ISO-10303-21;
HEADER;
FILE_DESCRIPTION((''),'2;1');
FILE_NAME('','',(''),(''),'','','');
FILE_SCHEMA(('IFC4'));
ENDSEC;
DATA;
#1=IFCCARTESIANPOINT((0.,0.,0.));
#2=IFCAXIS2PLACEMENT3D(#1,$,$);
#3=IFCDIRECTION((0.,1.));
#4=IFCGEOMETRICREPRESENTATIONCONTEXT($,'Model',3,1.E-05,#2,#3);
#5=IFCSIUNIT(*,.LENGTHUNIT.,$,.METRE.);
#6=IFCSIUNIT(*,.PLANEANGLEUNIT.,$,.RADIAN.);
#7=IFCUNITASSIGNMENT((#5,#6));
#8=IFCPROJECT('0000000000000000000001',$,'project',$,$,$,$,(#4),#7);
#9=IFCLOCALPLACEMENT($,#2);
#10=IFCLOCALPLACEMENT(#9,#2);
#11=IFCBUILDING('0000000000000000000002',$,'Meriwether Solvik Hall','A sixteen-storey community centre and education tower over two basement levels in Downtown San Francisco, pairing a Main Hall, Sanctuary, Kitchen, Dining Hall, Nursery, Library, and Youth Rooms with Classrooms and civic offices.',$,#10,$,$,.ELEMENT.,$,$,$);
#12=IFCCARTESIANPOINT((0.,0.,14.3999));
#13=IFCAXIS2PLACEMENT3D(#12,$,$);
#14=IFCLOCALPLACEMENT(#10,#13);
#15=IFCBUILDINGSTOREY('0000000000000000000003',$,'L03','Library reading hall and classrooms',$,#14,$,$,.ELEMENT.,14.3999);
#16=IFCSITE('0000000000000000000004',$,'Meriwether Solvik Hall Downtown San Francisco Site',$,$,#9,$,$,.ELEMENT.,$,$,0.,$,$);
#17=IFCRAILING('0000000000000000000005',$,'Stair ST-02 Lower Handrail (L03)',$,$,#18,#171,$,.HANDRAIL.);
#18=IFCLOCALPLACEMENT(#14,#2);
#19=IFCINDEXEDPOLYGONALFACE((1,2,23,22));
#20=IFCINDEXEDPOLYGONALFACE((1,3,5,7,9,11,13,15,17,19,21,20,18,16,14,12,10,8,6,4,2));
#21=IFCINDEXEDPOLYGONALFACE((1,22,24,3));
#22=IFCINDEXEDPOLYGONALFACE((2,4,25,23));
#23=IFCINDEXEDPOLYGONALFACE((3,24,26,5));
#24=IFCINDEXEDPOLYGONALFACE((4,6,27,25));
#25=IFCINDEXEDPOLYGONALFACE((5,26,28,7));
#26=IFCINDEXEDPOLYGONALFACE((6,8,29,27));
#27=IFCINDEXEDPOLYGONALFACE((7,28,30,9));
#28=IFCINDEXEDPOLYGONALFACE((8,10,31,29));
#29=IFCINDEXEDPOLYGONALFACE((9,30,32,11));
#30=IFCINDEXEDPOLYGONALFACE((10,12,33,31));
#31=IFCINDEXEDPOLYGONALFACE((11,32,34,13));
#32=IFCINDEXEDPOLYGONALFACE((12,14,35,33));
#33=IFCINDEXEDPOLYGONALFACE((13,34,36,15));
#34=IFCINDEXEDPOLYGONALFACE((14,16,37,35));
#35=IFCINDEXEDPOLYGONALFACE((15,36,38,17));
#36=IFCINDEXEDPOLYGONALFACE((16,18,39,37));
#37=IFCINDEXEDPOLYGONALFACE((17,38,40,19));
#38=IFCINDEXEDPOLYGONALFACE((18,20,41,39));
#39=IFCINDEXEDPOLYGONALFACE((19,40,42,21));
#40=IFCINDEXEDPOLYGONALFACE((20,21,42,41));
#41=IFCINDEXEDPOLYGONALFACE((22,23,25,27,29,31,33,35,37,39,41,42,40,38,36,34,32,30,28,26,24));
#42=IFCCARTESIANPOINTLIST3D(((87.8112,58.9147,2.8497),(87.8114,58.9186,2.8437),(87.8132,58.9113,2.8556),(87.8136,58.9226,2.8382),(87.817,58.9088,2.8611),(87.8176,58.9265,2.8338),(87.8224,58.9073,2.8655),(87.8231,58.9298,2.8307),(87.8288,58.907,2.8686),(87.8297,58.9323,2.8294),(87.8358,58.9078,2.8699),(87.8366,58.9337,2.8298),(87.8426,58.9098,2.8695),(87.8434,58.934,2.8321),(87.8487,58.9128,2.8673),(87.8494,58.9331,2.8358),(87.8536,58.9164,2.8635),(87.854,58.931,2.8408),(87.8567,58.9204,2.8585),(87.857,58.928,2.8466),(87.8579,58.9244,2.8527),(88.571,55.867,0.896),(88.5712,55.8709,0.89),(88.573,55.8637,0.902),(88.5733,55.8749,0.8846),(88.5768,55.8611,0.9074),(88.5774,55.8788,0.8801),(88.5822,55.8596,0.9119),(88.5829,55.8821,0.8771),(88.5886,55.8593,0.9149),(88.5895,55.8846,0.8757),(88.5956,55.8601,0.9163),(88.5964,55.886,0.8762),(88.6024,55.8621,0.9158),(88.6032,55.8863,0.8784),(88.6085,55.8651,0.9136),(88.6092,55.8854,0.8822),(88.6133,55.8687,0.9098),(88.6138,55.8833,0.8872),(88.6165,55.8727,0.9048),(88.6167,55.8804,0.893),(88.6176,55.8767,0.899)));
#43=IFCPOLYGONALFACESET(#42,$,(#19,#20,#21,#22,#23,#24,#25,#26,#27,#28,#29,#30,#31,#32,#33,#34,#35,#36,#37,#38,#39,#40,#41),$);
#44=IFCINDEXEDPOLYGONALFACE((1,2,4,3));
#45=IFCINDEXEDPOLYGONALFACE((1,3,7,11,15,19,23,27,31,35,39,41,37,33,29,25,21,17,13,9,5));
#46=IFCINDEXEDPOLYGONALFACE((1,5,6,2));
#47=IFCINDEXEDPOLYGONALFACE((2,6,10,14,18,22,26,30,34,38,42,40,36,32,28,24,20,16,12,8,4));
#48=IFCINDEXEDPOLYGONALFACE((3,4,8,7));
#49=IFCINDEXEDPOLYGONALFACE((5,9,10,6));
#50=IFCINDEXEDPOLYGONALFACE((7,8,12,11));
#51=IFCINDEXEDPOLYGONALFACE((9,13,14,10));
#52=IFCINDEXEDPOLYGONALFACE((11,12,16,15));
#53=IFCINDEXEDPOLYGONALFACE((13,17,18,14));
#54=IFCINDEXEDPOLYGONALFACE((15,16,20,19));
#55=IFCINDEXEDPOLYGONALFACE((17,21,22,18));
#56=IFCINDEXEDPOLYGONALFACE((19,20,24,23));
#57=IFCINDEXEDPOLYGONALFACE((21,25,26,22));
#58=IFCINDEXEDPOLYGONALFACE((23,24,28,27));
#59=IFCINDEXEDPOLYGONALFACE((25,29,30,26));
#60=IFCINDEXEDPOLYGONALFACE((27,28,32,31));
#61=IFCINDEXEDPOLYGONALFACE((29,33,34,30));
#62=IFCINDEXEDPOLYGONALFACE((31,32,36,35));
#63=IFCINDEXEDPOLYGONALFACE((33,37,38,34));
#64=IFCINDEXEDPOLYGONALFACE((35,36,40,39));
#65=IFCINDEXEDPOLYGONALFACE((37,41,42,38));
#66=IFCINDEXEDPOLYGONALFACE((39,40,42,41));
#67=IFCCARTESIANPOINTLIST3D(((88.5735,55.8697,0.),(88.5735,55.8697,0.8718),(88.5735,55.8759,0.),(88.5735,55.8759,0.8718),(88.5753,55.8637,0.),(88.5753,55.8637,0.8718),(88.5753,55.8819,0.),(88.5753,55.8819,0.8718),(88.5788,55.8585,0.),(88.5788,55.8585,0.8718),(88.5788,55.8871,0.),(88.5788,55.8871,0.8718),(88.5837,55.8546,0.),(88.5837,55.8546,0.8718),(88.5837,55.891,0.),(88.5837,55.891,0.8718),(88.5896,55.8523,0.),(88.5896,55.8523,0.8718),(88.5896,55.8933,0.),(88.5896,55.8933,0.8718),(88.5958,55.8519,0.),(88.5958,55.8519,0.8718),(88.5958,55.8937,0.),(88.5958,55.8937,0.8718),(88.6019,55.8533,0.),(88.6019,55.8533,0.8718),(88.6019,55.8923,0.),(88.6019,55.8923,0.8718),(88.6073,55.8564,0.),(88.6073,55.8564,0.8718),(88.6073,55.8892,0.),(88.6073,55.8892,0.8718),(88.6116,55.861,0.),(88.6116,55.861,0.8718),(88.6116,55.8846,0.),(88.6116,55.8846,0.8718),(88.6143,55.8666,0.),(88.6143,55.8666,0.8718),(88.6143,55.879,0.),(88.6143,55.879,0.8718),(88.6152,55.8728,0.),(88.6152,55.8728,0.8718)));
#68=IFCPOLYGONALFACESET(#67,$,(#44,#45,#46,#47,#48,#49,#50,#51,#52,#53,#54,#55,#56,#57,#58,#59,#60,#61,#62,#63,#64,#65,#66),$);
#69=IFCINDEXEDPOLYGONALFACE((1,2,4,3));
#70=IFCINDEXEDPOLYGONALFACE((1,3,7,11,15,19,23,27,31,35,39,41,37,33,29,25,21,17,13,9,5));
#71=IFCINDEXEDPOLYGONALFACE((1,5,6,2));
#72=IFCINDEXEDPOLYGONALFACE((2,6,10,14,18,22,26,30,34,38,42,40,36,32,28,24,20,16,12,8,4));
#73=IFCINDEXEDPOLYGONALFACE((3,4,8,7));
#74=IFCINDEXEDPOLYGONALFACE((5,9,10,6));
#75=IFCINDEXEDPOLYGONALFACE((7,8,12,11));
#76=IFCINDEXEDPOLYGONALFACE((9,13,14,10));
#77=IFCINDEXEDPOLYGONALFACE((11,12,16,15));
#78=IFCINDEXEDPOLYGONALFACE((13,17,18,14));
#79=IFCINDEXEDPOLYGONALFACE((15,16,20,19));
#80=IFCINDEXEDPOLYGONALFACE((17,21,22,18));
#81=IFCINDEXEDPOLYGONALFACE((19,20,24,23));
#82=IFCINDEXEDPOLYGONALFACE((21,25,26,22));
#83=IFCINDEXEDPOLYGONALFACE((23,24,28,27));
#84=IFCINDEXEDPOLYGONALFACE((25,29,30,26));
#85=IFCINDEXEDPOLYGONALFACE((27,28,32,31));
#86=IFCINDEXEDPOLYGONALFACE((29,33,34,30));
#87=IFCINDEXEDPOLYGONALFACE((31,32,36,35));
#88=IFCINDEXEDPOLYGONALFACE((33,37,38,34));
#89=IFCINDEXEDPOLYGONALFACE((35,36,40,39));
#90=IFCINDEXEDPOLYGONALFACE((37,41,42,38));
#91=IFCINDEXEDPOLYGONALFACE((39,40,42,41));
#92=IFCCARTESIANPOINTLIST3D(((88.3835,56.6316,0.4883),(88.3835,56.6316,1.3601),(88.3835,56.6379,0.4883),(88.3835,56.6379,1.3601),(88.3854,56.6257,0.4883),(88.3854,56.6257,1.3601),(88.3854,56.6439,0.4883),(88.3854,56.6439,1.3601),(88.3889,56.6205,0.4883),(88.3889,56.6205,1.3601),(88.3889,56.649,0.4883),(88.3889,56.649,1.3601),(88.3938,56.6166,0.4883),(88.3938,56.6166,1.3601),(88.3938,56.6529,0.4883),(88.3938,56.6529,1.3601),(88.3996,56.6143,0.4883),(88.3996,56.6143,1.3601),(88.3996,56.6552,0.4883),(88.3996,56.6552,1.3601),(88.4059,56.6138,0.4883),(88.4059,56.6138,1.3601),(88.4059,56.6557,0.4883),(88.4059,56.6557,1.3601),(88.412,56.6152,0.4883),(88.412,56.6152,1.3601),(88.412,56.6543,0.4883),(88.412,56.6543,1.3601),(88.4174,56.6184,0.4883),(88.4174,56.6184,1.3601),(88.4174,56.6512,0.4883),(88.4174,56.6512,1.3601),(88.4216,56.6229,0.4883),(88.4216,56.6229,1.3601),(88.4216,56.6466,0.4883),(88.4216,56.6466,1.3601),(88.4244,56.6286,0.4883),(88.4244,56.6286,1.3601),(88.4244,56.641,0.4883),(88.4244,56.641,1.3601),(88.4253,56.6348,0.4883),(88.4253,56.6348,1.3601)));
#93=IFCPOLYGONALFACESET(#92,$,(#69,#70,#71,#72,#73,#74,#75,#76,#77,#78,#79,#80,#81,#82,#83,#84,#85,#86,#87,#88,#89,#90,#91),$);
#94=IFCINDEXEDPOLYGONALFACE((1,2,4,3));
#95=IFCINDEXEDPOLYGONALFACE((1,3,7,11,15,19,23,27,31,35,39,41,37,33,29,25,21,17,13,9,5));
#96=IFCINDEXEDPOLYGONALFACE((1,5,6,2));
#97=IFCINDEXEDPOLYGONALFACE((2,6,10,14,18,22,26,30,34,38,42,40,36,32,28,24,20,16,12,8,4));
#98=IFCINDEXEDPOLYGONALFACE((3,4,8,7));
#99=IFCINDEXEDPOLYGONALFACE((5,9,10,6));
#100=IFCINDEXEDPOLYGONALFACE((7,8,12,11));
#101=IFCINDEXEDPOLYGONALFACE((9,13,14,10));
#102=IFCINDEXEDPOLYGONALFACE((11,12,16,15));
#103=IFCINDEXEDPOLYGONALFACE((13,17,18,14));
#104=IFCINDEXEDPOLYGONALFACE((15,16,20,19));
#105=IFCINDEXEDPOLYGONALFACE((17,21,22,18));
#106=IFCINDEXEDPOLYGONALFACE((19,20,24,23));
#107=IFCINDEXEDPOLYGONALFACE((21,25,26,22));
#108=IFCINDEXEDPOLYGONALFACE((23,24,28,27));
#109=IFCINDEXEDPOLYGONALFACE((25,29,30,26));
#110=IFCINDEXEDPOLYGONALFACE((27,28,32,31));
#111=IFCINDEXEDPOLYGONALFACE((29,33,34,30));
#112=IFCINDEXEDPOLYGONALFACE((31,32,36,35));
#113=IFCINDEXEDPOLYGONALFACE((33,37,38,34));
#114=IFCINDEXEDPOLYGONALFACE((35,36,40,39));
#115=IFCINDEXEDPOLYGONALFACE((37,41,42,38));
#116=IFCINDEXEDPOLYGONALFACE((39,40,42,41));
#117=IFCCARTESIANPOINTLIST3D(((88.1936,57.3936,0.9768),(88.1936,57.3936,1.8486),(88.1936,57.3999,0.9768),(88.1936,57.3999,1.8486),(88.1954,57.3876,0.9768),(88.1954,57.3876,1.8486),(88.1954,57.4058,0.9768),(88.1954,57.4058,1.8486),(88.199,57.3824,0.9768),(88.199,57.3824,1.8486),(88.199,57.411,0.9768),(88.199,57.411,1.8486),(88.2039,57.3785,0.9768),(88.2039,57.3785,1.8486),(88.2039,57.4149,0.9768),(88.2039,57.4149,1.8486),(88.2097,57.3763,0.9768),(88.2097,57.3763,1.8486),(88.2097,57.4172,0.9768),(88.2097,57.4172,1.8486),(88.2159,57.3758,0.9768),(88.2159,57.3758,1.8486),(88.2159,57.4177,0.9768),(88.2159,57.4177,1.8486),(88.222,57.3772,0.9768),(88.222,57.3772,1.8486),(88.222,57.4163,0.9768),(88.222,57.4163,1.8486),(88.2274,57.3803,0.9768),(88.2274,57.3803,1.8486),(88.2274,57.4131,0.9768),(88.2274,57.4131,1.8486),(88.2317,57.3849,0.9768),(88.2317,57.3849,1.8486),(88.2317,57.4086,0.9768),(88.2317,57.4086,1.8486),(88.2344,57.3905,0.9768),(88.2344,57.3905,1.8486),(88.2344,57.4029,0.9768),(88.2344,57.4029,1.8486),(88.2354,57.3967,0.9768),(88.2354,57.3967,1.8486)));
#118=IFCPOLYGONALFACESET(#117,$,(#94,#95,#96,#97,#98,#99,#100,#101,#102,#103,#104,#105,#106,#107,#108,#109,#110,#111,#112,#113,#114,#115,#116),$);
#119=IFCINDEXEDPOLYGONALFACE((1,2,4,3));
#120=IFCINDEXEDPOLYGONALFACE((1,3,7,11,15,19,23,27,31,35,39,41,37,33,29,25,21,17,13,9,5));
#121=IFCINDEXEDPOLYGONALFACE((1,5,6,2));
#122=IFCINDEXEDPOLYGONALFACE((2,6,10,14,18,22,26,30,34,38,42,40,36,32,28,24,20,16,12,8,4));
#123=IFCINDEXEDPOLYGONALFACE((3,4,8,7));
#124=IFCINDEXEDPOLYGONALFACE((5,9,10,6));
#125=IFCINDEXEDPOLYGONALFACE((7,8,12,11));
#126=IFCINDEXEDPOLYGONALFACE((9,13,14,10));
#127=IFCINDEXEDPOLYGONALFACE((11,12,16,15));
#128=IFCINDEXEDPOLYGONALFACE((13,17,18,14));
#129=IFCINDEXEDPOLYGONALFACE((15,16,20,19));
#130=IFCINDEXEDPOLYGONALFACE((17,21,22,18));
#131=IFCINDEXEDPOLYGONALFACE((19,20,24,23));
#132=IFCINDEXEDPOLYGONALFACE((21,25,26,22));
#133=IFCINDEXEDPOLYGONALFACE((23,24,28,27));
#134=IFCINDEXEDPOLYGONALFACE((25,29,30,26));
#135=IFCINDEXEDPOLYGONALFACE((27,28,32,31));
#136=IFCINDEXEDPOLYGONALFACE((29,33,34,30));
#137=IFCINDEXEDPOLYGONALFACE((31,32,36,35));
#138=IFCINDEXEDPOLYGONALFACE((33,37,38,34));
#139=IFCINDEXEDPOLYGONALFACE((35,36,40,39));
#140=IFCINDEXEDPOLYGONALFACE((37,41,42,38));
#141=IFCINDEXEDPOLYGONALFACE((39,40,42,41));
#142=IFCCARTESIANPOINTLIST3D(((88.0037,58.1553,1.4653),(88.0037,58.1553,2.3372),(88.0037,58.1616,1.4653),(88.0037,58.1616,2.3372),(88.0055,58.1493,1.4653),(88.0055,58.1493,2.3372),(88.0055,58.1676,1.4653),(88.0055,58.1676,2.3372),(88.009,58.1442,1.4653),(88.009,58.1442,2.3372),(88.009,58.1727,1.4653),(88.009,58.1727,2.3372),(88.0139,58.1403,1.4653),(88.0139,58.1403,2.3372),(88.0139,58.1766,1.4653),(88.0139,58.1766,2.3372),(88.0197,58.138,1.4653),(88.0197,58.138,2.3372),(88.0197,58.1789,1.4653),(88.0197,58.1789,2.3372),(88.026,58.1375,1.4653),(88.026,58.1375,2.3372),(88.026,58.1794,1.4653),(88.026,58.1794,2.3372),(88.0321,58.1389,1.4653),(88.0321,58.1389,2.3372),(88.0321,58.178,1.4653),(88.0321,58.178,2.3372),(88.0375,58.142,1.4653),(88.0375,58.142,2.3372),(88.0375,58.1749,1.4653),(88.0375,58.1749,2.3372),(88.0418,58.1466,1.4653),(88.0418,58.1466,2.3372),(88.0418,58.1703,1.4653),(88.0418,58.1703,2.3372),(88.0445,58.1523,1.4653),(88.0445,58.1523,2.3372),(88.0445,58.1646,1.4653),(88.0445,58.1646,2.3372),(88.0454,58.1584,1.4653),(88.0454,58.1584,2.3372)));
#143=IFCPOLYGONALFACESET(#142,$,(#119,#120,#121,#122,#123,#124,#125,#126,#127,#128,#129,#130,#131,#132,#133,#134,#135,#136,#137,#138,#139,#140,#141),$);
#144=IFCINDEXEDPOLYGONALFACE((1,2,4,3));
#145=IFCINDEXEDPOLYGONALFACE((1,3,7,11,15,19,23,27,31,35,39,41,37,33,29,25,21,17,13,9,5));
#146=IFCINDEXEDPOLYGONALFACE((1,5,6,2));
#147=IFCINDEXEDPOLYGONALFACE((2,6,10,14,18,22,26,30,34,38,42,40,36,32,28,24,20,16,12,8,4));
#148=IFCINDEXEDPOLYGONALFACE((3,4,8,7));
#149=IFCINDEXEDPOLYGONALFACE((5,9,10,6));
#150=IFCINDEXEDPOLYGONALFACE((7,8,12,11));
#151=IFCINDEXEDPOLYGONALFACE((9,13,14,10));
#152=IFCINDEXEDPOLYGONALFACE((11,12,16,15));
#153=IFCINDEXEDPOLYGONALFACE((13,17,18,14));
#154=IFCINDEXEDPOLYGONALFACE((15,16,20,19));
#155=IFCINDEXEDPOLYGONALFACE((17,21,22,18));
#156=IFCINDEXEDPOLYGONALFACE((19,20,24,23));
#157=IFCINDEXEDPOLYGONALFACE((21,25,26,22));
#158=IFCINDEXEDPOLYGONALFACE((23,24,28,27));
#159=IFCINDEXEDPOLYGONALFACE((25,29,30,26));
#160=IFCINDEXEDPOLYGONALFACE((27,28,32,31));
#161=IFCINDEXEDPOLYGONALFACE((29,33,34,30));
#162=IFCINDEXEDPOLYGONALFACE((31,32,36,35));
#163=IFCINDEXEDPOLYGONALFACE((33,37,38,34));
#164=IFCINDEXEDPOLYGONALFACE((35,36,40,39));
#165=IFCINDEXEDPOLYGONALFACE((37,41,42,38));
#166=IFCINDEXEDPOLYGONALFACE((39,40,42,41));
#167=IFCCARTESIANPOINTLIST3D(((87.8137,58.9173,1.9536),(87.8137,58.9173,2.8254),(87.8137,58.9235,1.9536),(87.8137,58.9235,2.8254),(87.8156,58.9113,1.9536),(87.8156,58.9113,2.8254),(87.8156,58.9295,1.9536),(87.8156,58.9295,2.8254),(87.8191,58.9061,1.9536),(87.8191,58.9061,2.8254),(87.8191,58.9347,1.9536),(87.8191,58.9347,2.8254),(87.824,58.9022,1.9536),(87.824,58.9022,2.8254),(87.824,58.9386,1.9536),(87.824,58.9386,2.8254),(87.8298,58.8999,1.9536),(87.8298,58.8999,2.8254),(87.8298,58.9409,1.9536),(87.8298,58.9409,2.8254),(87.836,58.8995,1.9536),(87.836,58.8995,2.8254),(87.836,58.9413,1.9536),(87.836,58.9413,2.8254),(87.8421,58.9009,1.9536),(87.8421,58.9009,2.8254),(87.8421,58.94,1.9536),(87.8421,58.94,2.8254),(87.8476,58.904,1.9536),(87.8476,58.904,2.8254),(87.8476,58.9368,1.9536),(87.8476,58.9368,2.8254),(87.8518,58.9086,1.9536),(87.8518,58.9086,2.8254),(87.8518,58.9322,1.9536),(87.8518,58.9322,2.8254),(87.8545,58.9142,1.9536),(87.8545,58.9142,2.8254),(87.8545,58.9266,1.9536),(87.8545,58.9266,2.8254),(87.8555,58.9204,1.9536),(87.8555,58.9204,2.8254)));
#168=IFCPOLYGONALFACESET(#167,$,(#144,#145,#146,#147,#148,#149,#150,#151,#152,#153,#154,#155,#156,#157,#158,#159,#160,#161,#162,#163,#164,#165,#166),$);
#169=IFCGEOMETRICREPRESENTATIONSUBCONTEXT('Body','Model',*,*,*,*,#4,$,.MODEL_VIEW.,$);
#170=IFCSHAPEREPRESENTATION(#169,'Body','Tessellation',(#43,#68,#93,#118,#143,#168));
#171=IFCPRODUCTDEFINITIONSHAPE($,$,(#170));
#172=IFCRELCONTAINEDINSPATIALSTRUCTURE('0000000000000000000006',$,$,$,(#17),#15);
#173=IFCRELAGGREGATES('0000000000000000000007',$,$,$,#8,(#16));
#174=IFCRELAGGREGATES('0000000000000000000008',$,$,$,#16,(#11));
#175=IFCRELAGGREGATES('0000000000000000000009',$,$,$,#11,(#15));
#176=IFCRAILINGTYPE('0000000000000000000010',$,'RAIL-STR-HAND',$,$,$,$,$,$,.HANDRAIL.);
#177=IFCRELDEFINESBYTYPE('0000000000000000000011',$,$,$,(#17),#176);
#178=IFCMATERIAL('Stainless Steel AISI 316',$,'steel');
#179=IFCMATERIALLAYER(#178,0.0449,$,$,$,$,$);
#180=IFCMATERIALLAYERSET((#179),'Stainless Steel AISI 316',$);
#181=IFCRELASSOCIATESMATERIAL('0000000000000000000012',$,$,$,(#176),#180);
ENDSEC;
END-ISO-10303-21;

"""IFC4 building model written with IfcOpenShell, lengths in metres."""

from ifc_helpers import new_model, si_unit, direction, frame, origin, origin_2d, place, context, subcontext, project, spatial, circle, extrude, material, layer, layer_set, type_object, element, save


model = new_model("IFC4")

# Units and contexts
model_context = context("Model", 3, precision=1e-05, world=origin(), true_north=direction((0.0, 1.0)))
body_context = subcontext(model_context, "Body", "Model", "MODEL_VIEW")
ifc_project = project(units=[si_unit("LENGTHUNIT", "METRE"), si_unit("PLANEANGLEUNIT", "RADIAN")], contexts=[model_context])

# Site, building, storey
site_placement = place(None, origin())
site = spatial("IfcSite", under=ifc_project, at=site_placement, Name="Meriwether Solvik Hall Downtown San Francisco Site", CompositionType="ELEMENT", RefElevation=0.0)
building_placement = place(site_placement, origin())
building = spatial("IfcBuilding", under=site, at=building_placement, Name="Meriwether Solvik Hall", Description="A sixteen-storey community centre and education tower over two basement levels in Downtown San Francisco, pairing a Main Hall, Sanctuary, Kitchen, Dining Hall, Nursery, Library, and Youth Rooms with Classrooms and civic offices.", CompositionType="ELEMENT")
storey_placement = place(building_placement, frame((0.0, 0.0, 14.3999)))
storey = spatial("IfcBuildingStorey", under=building, at=storey_placement, Name="L03", Description="Library reading hall and classrooms", CompositionType="ELEMENT", Elevation=14.3999)

# Railing
ifc_material_1 = material(Name="Stainless Steel AISI 316", Category="steel")
ifc_layer_1 = layer(ifc_material_1, 0.0449)
ifc_layer_set_1 = layer_set([ifc_layer_1], Name="Stainless Steel AISI 316")
railing_type_1 = type_object("IfcRailingType", Name="RAIL-STR-HAND", PredefinedType="HANDRAIL", material=ifc_layer_set_1)
railing_1_placement = place(storey_placement, frame((88.5942, 55.8728, 0.0)))
element("IfcRailing", 1, at=railing_1_placement, inside=storey, type_object=railing_type_1, Name="Stair ST-02 Lower Handrail (L03)", PredefinedType="HANDRAIL", context=body_context, shape_type="SweptSolid", body=[
    extrude(circle(Radius=0.0239, at=origin_2d()), frame((0.0, 0.0, 0.896), z_axis=(-0.205404, 0.823926, 0.528163), x_axis=(-0.970302, -0.241895, 0.0)), (0.0, 0.0, 1.0), 3.699),
    extrude(circle(Radius=0.021, at=origin_2d()), origin(), (0.0, 0.0, 1.0), 0.8718),
    extrude(circle(Radius=0.021, at=origin_2d()), frame((-0.1899, 0.762, 0.4883)), (0.0, 0.0, 1.0), 0.8718),
    extrude(circle(Radius=0.021, at=origin_2d()), frame((-0.3799, 1.5239, 0.9768)), (0.0, 0.0, 1.0), 0.8718),
    extrude(circle(Radius=0.021, at=origin_2d()), frame((-0.5698, 2.2856, 1.4653)), (0.0, 0.0, 1.0), 0.8718),
    extrude(circle(Radius=0.021, at=origin_2d()), frame((-0.7598, 3.0476, 1.9536)), (0.0, 0.0, 1.0), 0.8718),
])

save(model, "model.ifc")
